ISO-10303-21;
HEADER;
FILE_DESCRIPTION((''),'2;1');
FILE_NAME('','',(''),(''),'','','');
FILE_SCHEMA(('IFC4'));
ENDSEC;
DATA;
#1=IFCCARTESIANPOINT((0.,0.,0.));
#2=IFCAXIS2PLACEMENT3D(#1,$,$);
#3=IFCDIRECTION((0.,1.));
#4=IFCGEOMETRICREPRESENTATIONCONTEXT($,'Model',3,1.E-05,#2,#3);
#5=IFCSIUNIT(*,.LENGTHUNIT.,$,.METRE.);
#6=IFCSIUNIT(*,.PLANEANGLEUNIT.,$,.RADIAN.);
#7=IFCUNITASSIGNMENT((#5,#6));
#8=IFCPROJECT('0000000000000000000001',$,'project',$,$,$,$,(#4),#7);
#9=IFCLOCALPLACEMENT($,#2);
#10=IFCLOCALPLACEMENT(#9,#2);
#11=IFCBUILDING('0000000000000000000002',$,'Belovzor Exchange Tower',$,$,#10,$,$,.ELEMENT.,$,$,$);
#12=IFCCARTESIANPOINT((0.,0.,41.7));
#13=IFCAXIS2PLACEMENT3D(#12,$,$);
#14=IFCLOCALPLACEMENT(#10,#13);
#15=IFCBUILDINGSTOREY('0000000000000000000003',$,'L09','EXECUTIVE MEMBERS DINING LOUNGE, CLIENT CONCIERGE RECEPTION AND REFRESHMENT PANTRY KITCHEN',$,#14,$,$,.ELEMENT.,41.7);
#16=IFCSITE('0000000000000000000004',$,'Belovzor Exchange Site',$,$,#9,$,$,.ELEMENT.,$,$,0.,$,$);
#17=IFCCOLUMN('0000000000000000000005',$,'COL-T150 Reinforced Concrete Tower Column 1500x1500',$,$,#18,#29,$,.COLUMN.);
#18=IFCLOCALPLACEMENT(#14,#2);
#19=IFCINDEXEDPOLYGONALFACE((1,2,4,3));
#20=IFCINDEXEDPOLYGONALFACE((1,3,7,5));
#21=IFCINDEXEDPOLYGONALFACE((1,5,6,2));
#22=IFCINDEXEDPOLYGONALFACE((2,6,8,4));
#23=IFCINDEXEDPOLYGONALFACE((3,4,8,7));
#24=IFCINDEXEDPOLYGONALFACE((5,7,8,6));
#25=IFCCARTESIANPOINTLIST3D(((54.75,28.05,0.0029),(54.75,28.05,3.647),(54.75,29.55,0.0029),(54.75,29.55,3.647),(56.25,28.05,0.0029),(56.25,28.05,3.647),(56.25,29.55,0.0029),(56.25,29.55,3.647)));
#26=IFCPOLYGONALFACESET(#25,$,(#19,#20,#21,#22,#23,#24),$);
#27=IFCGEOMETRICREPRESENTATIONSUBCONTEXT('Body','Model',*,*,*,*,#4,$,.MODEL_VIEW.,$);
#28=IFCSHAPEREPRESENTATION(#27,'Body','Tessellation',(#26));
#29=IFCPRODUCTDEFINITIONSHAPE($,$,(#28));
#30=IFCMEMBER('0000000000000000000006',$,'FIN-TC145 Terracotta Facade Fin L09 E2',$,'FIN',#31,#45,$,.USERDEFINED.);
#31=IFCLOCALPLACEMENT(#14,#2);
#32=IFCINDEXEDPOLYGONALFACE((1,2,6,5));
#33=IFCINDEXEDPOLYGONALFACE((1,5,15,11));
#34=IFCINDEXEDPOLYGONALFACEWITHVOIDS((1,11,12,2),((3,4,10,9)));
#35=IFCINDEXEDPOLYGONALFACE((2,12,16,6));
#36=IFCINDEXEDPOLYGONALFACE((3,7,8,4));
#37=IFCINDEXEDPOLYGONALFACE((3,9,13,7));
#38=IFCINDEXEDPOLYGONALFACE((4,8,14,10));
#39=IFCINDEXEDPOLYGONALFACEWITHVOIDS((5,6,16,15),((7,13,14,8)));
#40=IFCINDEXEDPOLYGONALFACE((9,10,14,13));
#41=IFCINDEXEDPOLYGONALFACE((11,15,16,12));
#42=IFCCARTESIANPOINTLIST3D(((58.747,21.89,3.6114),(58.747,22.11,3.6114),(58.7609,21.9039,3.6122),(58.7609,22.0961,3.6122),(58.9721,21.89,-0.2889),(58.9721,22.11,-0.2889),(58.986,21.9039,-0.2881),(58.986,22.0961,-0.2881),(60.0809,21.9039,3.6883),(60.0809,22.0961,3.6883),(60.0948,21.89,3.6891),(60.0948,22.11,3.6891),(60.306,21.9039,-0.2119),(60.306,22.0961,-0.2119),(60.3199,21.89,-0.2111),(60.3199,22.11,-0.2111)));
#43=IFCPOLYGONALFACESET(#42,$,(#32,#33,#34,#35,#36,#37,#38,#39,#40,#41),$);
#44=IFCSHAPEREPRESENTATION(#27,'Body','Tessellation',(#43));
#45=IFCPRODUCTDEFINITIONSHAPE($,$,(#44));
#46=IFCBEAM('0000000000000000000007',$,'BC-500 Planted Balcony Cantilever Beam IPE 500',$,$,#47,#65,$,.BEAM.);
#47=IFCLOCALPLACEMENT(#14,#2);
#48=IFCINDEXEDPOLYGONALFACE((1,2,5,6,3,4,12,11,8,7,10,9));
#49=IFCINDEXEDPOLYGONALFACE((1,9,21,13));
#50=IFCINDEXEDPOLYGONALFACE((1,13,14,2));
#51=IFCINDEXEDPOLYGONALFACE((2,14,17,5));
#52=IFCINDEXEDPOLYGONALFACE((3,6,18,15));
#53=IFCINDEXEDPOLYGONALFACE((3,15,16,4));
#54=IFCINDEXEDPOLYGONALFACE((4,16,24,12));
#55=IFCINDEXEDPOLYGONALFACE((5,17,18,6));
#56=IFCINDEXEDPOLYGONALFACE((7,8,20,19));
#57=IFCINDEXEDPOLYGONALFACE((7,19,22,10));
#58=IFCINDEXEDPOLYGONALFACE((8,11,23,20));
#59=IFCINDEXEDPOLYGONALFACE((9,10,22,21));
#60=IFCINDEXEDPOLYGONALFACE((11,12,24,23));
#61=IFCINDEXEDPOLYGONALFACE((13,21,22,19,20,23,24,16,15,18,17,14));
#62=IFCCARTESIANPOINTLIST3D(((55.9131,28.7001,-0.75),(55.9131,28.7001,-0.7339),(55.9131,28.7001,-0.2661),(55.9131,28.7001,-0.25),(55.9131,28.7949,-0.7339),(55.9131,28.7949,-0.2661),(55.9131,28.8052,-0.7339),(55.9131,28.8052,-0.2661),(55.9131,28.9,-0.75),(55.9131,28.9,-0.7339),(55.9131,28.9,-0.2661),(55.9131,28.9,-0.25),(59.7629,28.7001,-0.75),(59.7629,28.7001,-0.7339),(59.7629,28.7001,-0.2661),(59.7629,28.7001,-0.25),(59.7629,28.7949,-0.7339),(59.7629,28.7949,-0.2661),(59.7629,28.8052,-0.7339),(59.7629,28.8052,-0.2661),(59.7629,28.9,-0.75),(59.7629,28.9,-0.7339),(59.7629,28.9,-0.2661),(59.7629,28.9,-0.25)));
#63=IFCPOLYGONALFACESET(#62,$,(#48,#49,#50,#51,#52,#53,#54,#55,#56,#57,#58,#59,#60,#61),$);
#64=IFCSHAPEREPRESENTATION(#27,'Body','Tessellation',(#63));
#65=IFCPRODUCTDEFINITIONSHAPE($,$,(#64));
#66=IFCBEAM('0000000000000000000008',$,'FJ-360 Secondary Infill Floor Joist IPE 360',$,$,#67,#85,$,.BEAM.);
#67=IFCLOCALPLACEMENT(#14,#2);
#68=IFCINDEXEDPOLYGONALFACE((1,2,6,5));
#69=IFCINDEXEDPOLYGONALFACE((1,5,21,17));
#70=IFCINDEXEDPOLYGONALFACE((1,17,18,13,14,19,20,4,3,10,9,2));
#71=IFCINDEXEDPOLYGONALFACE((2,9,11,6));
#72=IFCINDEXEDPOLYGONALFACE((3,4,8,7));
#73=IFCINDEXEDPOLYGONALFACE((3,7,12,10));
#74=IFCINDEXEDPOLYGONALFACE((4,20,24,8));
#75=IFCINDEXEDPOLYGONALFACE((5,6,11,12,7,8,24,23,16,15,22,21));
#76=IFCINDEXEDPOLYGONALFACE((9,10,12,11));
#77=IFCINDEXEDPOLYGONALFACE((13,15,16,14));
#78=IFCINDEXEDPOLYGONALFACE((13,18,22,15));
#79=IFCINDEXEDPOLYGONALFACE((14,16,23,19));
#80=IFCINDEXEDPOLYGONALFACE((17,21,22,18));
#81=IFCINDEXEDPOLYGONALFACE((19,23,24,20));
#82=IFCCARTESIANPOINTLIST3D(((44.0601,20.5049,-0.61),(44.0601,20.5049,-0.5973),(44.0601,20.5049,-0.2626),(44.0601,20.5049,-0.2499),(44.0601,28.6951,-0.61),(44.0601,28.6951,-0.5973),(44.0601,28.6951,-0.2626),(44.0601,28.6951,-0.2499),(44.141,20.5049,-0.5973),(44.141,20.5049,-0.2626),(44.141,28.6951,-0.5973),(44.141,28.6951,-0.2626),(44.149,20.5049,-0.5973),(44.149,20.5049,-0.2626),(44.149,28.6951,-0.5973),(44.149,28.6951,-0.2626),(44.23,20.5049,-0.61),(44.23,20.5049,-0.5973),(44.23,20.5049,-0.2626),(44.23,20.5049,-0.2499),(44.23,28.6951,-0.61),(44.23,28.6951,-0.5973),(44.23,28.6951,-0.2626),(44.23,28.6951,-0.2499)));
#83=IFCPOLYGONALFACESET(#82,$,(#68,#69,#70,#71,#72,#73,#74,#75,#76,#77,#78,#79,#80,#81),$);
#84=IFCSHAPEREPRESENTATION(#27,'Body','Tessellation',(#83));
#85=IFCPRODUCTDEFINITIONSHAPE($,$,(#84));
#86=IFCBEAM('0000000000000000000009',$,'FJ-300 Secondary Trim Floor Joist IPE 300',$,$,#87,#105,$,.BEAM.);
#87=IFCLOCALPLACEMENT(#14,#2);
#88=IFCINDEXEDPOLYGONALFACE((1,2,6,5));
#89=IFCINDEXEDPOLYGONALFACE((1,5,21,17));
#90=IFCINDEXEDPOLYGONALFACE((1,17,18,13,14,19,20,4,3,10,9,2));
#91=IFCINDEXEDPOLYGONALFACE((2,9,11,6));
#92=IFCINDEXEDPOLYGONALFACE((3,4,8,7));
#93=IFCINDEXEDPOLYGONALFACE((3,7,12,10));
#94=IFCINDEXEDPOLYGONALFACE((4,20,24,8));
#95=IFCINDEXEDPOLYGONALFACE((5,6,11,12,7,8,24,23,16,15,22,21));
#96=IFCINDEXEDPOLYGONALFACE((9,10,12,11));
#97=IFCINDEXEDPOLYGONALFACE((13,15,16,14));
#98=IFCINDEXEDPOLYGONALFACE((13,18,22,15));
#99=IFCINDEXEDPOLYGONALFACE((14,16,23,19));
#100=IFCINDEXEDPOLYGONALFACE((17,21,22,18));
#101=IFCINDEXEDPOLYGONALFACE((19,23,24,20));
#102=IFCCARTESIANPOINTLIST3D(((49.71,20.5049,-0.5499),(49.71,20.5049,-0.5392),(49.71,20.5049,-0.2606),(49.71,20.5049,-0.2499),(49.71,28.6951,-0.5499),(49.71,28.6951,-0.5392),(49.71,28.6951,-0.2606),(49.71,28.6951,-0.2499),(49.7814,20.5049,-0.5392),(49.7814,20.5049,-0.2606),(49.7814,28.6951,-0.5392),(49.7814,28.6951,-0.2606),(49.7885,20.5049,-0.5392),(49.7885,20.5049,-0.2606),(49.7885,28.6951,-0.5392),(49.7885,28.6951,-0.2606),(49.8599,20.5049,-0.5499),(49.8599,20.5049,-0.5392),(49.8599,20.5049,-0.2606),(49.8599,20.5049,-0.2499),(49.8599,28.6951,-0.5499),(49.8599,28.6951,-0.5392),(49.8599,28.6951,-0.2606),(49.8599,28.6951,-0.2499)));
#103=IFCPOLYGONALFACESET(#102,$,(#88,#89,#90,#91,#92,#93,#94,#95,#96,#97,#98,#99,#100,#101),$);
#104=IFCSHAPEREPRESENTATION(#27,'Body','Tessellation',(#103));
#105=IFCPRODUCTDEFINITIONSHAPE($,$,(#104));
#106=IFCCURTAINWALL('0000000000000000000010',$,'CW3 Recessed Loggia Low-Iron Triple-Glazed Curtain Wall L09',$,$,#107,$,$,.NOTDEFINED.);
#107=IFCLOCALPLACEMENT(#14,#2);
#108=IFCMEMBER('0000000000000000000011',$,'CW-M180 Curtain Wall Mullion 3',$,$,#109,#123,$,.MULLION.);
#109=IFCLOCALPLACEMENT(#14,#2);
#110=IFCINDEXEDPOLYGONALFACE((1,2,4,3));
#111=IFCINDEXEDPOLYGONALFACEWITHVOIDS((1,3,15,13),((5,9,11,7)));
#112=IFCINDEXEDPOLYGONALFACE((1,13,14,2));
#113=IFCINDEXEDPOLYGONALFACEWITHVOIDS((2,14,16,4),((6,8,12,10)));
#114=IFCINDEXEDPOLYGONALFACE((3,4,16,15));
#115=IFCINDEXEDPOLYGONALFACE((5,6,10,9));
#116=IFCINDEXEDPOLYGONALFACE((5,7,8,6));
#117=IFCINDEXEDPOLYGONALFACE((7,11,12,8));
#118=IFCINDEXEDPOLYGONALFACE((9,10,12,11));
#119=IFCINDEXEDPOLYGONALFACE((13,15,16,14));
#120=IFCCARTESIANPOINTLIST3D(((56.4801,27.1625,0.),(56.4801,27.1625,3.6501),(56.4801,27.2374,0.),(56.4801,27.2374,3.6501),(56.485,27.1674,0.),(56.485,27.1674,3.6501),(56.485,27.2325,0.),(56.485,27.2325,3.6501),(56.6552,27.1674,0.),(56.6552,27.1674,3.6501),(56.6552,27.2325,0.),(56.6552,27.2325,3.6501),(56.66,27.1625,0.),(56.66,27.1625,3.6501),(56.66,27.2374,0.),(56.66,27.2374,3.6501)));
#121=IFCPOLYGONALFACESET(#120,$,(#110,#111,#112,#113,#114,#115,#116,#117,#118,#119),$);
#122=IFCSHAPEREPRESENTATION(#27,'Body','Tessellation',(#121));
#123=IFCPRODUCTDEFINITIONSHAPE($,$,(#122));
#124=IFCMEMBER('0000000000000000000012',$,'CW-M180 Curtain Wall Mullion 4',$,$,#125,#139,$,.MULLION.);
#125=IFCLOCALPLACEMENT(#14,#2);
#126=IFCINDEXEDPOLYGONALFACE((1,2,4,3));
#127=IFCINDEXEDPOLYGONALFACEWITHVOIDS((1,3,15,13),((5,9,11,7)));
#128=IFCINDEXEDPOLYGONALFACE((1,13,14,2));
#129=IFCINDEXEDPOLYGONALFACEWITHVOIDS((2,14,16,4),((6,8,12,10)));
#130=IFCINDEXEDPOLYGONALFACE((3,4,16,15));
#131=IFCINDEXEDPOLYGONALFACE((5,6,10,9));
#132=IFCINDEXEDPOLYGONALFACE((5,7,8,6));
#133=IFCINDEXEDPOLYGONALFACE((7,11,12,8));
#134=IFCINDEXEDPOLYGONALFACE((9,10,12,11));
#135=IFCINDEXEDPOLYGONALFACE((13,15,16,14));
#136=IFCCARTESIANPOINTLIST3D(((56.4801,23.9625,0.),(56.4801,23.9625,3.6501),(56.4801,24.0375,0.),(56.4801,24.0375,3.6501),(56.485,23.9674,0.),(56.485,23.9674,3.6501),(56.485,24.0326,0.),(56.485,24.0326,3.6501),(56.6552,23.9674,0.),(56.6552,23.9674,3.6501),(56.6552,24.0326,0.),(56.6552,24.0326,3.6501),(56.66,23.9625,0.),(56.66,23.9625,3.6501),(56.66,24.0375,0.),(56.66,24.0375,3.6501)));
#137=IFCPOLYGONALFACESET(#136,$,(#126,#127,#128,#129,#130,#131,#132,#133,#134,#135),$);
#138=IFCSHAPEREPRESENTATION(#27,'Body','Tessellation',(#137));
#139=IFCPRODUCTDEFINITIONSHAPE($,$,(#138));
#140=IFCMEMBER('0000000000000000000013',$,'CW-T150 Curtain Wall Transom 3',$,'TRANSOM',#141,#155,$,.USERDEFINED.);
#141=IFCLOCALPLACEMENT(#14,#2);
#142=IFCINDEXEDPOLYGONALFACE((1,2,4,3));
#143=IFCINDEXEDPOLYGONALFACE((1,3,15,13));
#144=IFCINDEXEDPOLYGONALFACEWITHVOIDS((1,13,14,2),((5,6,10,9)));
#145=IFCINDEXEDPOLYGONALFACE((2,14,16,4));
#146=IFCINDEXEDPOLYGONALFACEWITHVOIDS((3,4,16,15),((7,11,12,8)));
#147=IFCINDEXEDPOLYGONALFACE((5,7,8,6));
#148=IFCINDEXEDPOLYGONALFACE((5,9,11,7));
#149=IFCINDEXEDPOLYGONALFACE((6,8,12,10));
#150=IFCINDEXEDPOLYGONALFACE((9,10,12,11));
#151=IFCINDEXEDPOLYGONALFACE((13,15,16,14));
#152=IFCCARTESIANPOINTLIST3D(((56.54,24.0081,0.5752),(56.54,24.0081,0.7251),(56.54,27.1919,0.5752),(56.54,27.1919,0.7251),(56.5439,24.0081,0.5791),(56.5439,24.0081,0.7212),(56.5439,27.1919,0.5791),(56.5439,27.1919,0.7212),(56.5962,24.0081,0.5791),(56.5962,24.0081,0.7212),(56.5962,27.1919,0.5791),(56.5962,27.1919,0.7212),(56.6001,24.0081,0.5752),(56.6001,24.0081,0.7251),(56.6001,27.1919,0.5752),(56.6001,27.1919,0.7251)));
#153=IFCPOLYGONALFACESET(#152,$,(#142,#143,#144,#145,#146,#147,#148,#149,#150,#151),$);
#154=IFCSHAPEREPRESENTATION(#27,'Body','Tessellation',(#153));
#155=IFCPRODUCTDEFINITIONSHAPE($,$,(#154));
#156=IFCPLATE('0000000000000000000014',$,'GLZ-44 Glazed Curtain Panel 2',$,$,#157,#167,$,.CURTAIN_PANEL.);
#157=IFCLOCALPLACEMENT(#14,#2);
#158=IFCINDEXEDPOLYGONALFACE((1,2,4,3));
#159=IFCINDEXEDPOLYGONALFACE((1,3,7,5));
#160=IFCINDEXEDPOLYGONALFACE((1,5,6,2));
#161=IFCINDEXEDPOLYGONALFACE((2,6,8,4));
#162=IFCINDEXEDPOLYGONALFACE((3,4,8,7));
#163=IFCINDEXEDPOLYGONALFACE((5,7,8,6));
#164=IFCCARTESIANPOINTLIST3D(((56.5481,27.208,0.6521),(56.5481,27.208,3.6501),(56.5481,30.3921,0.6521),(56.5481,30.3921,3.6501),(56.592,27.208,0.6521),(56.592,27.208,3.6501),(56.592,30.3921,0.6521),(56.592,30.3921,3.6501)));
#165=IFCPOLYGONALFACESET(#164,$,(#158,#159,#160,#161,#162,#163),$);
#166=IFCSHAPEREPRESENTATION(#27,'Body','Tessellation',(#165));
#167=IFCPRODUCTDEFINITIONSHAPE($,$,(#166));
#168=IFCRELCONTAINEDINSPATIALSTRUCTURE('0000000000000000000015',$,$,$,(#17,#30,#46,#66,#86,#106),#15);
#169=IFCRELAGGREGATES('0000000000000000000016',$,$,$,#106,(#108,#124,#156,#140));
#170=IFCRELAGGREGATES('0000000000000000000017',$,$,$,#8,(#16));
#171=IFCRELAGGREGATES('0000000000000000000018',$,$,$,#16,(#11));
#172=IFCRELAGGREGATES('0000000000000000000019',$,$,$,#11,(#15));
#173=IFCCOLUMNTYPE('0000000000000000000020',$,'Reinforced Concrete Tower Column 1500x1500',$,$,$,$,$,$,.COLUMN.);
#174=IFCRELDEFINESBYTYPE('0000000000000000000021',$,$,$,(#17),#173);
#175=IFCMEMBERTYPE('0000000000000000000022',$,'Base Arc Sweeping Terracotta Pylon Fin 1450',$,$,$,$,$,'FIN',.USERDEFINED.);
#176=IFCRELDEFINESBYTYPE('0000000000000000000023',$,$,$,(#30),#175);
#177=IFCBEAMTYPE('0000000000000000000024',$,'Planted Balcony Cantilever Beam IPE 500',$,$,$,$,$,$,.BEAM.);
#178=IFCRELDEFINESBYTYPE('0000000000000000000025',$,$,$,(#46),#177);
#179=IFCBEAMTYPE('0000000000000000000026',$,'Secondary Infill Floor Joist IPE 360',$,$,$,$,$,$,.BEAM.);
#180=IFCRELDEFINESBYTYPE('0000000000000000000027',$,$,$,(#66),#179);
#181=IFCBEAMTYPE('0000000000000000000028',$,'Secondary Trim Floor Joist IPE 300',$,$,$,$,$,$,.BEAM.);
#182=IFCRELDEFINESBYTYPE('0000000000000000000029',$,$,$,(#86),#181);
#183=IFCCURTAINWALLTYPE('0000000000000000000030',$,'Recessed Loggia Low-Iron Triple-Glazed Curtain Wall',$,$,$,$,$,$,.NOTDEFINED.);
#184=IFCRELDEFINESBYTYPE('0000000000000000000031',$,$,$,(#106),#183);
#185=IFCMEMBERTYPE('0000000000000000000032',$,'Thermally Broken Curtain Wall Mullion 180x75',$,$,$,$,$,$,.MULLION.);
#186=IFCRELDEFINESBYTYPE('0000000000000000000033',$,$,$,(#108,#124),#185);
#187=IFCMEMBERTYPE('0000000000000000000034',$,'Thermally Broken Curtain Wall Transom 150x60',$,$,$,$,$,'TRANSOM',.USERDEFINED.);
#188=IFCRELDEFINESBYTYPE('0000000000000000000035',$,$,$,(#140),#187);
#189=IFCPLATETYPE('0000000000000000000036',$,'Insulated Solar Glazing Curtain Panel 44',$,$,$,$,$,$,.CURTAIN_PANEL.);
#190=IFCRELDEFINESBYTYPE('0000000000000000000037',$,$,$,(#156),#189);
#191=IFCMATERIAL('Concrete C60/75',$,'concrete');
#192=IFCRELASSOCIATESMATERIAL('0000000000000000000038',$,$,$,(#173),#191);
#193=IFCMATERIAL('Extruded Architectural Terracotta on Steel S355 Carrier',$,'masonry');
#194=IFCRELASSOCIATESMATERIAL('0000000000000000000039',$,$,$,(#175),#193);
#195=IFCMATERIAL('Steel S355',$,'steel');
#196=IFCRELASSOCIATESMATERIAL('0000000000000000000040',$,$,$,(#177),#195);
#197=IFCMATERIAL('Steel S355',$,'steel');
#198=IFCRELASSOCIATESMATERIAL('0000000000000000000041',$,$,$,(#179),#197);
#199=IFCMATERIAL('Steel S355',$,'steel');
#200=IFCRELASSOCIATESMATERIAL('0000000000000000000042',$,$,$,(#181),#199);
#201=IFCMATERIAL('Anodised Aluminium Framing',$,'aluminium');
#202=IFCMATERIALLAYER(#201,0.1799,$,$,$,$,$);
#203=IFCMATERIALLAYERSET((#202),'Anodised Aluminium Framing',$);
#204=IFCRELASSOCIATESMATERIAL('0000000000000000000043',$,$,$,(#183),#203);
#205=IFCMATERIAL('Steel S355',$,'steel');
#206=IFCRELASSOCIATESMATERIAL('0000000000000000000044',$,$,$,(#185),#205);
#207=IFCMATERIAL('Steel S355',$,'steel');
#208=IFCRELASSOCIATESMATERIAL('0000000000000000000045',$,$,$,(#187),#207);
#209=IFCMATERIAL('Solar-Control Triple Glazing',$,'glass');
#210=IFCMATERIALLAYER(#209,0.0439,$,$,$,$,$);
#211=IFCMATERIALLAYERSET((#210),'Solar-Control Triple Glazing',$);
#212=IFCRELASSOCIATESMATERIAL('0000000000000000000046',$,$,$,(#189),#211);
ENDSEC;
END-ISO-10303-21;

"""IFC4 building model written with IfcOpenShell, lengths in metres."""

from ifc_helpers import new_model, si_unit, direction, frame, origin, origin_2d, place, context, subcontext, project, spatial, rectangle, hollow_rectangle, i_section, extrude, material, layer, layer_set, material_profile, profile_set, type_object, element, aggregate, save


model = new_model("IFC4")

# Units and contexts
model_context = context("Model", 3, precision=1e-05, world=origin(), true_north=direction((0.0, 1.0)))
body_context = subcontext(model_context, "Body", "Model", "MODEL_VIEW")
ifc_project = project(units=[si_unit("LENGTHUNIT", "METRE"), si_unit("PLANEANGLEUNIT", "RADIAN")], contexts=[model_context])

# Site, building, storey
site_placement = place(None, origin())
site = spatial("IfcSite", under=ifc_project, at=site_placement, Name="Belovzor Exchange Site", CompositionType="ELEMENT", RefElevation=0.0)
building_placement = place(site_placement, origin())
building = spatial("IfcBuilding", under=site, at=building_placement, Name="Belovzor Exchange Tower", CompositionType="ELEMENT")
storey_placement = place(building_placement, frame((0.0, 0.0, 41.7)))
storey = spatial("IfcBuildingStorey", under=building, at=storey_placement, Name="L09", Description="EXECUTIVE MEMBERS DINING LOUNGE, CLIENT CONCIERGE RECEPTION AND REFRESHMENT PANTRY KITCHEN", CompositionType="ELEMENT", Elevation=41.7)

# Column
ifc_material_1 = material(Name="Concrete C60/75", Category="concrete")
ifc_material_profile_1 = material_profile(ifc_material_1, rectangle(XDim=1.5, YDim=1.5, at=origin_2d()))
ifc_profile_set_1 = profile_set([ifc_material_profile_1], Name="Concrete C60/75")
column_type = type_object("IfcColumnType", Name="Reinforced Concrete Tower Column 1500x1500", PredefinedType="COLUMN", material=ifc_profile_set_1)
column_placement = place(storey_placement, frame((55.5, 28.8, 0.0029), z_axis=(0.0, 0.0, 1.0), x_axis=(1.0, 0.0, 0.0)))
element("IfcColumn", 1, at=column_placement, inside=storey, type_object=column_type, Name="COL-T150 Reinforced Concrete Tower Column 1500x1500", PredefinedType="COLUMN", context=body_context, shape_type="SweptSolid", body=[
    extrude(rectangle(XDim=1.5, YDim=1.5, at=origin_2d()), origin(), (0.0, 0.0, 1.0), 3.644),
])

# Member
ifc_material_2 = material(Name="Extruded Architectural Terracotta on Steel S355 Carrier", Category="masonry")
ifc_material_profile_2 = material_profile(ifc_material_2, hollow_rectangle(XDim=0.22, YDim=1.3501, WallThickness=0.0139, at=origin_2d()))
ifc_profile_set_2 = profile_set([ifc_material_profile_2], Name="Extruded Architectural Terracotta on Steel S355 Carrier")
member_type_1 = type_object("IfcMemberType", Name="Base Arc Sweeping Terracotta Pylon Fin 1450", ElementType="FIN", PredefinedType="USERDEFINED", material=ifc_profile_set_2)
member_1_placement = place(storey_placement, frame((59.646, 22.0, -0.25), z_axis=(-0.057619, 0.0, 0.998339), x_axis=(0.0, -1.0, 0.0)))
element("IfcMember", 2, at=member_1_placement, inside=storey, type_object=member_type_1, Name="FIN-TC145 Terracotta Facade Fin L09 E2", ObjectType="FIN", PredefinedType="USERDEFINED", context=body_context, shape_type="SweptSolid", body=[
    extrude(hollow_rectangle(XDim=0.22, YDim=1.3501, WallThickness=0.0139, at=origin_2d()), origin(), (0.0, 0.0, 1.0), 3.9067),
])

# Beams
ifc_material_3 = material(Name="Steel S355", Category="steel")
ifc_material_profile_3 = material_profile(ifc_material_3, i_section(OverallWidth=0.2, OverallDepth=0.5, WebThickness=0.0103, FlangeThickness=0.0161, at=origin_2d()))
ifc_profile_set_3 = profile_set([ifc_material_profile_3], Name="Steel S355")
beam_type_1 = type_object("IfcBeamType", Name="Planted Balcony Cantilever Beam IPE 500", PredefinedType="BEAM", material=ifc_profile_set_3)
beam_1_placement = place(storey_placement, frame((55.9131, 28.8, -0.5), z_axis=(1.0, 0.0, 0.0), x_axis=(0.0, 1.0, 0.0)))
element("IfcBeam", 3, at=beam_1_placement, inside=storey, type_object=beam_type_1, Name="BC-500 Planted Balcony Cantilever Beam IPE 500", PredefinedType="BEAM", context=body_context, shape_type="SweptSolid", body=[
    extrude(i_section(OverallWidth=0.2, OverallDepth=0.5, WebThickness=0.0103, FlangeThickness=0.0161, at=origin_2d()), origin(), (0.0, 0.0, 1.0), 3.8499),
])
ifc_material_4 = material(Name="Steel S355", Category="steel")
ifc_material_profile_4 = material_profile(ifc_material_4, i_section(OverallWidth=0.1699, OverallDepth=0.3601, WebThickness=0.0081, FlangeThickness=0.0127, at=origin_2d()))
ifc_profile_set_4 = profile_set([ifc_material_profile_4], Name="Steel S355")
beam_type_2 = type_object("IfcBeamType", Name="Secondary Infill Floor Joist IPE 360", PredefinedType="BEAM", material=ifc_profile_set_4)
beam_2_placement = place(storey_placement, frame((44.145, 20.5049, -0.4299), z_axis=(0.0, 1.0, 0.0), x_axis=(-1.0, 0.0, 0.0)))
element("IfcBeam", 4, at=beam_2_placement, inside=storey, type_object=beam_type_2, Name="FJ-360 Secondary Infill Floor Joist IPE 360", PredefinedType="BEAM", context=body_context, shape_type="SweptSolid", body=[
    extrude(i_section(OverallWidth=0.1699, OverallDepth=0.3601, WebThickness=0.0081, FlangeThickness=0.0127, at=origin_2d()), origin(), (0.0, 0.0, 1.0), 8.1902),
])
ifc_material_5 = material(Name="Steel S355", Category="steel")
ifc_material_profile_5 = material_profile(ifc_material_5, i_section(OverallWidth=0.1499, OverallDepth=0.3, WebThickness=0.0071, FlangeThickness=0.0107, at=origin_2d()))
ifc_profile_set_5 = profile_set([ifc_material_profile_5], Name="Steel S355")
beam_type_3 = type_object("IfcBeamType", Name="Secondary Trim Floor Joist IPE 300", PredefinedType="BEAM", material=ifc_profile_set_5)
beam_3_placement = place(storey_placement, frame((49.7849, 20.5049, -0.3999), z_axis=(0.0, 1.0, 0.0), x_axis=(-1.0, 0.0, 0.0)))
element("IfcBeam", 5, at=beam_3_placement, inside=storey, type_object=beam_type_3, Name="FJ-300 Secondary Trim Floor Joist IPE 300", PredefinedType="BEAM", context=body_context, shape_type="SweptSolid", body=[
    extrude(i_section(OverallWidth=0.1499, OverallDepth=0.3, WebThickness=0.0071, FlangeThickness=0.0107, at=origin_2d()), origin(), (0.0, 0.0, 1.0), 8.1902),
])

# Curtain wall, members, plate
ifc_material_6 = material(Name="Anodised Aluminium Framing", Category="aluminium")
ifc_layer_1 = layer(ifc_material_6, 0.1799)
ifc_layer_set_1 = layer_set([ifc_layer_1], Name="Anodised Aluminium Framing")
curtain_wall_type = type_object("IfcCurtainWallType", Name="Recessed Loggia Low-Iron Triple-Glazed Curtain Wall", PredefinedType="NOTDEFINED", material=ifc_layer_set_1)
curtain_wall_placement = place(storey_placement, origin())
curtain_wall = element("IfcCurtainWall", 6, at=curtain_wall_placement, inside=storey, type_object=curtain_wall_type, Name="CW3 Recessed Loggia Low-Iron Triple-Glazed Curtain Wall L09", PredefinedType="NOTDEFINED")
ifc_material_7 = material(Name="Steel S355", Category="steel")
ifc_material_profile_6 = material_profile(ifc_material_7, hollow_rectangle(XDim=0.075, YDim=0.1799, WallThickness=0.0049, at=origin_2d()))
ifc_profile_set_6 = profile_set([ifc_material_profile_6], Name="Steel S355")
member_type_2 = type_object("IfcMemberType", Name="Thermally Broken Curtain Wall Mullion 180x75", PredefinedType="MULLION", material=ifc_profile_set_6)
member_2_placement = place(storey_placement, frame((56.5701, 27.2, 0.0), z_axis=(0.0, 0.0, 1.0), x_axis=(0.0, -1.0, 0.0)))
member_2 = element("IfcMember", 7, at=member_2_placement, type_object=member_type_2, Name="CW-M180 Curtain Wall Mullion 3", PredefinedType="MULLION", context=body_context, shape_type="SweptSolid", body=[
    extrude(hollow_rectangle(XDim=0.075, YDim=0.1799, WallThickness=0.0049, at=origin_2d()), origin(), (0.0, 0.0, 1.0), 3.6501),
])
member_3_placement = place(storey_placement, frame((56.5701, 24.0, 0.0), z_axis=(0.0, 0.0, 1.0), x_axis=(0.0, -1.0, 0.0)))
member_3 = element("IfcMember", 8, at=member_3_placement, type_object=member_type_2, Name="CW-M180 Curtain Wall Mullion 4", PredefinedType="MULLION", context=body_context, shape_type="SweptSolid", body=[
    extrude(hollow_rectangle(XDim=0.075, YDim=0.1799, WallThickness=0.0049, at=origin_2d()), origin(), (0.0, 0.0, 1.0), 3.6501),
])
ifc_material_8 = material(Name="Steel S355", Category="steel")
ifc_material_profile_7 = material_profile(ifc_material_8, hollow_rectangle(XDim=0.0601, YDim=0.1499, WallThickness=0.0039, at=origin_2d()))
ifc_profile_set_7 = profile_set([ifc_material_profile_7], Name="Steel S355")
member_type_3 = type_object("IfcMemberType", Name="Thermally Broken Curtain Wall Transom 150x60", ElementType="TRANSOM", PredefinedType="USERDEFINED", material=ifc_profile_set_7)
member_4_placement = place(storey_placement, frame((56.5701, 27.1919, 0.6501), z_axis=(0.0, -1.0, 0.0), x_axis=(1.0, 0.0, 0.0)))
member_4 = element("IfcMember", 9, at=member_4_placement, type_object=member_type_3, Name="CW-T150 Curtain Wall Transom 3", ObjectType="TRANSOM", PredefinedType="USERDEFINED", context=body_context, shape_type="SweptSolid", body=[
    extrude(hollow_rectangle(XDim=0.0601, YDim=0.1499, WallThickness=0.0039, at=origin_2d()), origin(), (0.0, 0.0, 1.0), 3.1838),
])
ifc_material_9 = material(Name="Solar-Control Triple Glazing", Category="glass")
ifc_layer_2 = layer(ifc_material_9, 0.0439)
ifc_layer_set_2 = layer_set([ifc_layer_2], Name="Solar-Control Triple Glazing")
plate_type_1 = type_object("IfcPlateType", Name="Insulated Solar Glazing Curtain Panel 44", PredefinedType="CURTAIN_PANEL", material=ifc_layer_set_2)
plate_1_placement = place(storey_placement, frame((56.5701, 28.8, 0.6521), z_axis=(0.0, 0.0, 1.0), x_axis=(0.0, -1.0, 0.0)))
plate_1 = element("IfcPlate", 10, at=plate_1_placement, type_object=plate_type_1, Name="GLZ-44 Glazed Curtain Panel 2", PredefinedType="CURTAIN_PANEL", context=body_context, shape_type="SweptSolid", body=[
    extrude(rectangle(XDim=3.1841, YDim=0.0439, at=origin_2d()), origin(), (0.0, 0.0, 1.0), 2.998),
])
aggregate(curtain_wall, [member_2, member_3, plate_1, member_4])

save(model, "model.ifc")
